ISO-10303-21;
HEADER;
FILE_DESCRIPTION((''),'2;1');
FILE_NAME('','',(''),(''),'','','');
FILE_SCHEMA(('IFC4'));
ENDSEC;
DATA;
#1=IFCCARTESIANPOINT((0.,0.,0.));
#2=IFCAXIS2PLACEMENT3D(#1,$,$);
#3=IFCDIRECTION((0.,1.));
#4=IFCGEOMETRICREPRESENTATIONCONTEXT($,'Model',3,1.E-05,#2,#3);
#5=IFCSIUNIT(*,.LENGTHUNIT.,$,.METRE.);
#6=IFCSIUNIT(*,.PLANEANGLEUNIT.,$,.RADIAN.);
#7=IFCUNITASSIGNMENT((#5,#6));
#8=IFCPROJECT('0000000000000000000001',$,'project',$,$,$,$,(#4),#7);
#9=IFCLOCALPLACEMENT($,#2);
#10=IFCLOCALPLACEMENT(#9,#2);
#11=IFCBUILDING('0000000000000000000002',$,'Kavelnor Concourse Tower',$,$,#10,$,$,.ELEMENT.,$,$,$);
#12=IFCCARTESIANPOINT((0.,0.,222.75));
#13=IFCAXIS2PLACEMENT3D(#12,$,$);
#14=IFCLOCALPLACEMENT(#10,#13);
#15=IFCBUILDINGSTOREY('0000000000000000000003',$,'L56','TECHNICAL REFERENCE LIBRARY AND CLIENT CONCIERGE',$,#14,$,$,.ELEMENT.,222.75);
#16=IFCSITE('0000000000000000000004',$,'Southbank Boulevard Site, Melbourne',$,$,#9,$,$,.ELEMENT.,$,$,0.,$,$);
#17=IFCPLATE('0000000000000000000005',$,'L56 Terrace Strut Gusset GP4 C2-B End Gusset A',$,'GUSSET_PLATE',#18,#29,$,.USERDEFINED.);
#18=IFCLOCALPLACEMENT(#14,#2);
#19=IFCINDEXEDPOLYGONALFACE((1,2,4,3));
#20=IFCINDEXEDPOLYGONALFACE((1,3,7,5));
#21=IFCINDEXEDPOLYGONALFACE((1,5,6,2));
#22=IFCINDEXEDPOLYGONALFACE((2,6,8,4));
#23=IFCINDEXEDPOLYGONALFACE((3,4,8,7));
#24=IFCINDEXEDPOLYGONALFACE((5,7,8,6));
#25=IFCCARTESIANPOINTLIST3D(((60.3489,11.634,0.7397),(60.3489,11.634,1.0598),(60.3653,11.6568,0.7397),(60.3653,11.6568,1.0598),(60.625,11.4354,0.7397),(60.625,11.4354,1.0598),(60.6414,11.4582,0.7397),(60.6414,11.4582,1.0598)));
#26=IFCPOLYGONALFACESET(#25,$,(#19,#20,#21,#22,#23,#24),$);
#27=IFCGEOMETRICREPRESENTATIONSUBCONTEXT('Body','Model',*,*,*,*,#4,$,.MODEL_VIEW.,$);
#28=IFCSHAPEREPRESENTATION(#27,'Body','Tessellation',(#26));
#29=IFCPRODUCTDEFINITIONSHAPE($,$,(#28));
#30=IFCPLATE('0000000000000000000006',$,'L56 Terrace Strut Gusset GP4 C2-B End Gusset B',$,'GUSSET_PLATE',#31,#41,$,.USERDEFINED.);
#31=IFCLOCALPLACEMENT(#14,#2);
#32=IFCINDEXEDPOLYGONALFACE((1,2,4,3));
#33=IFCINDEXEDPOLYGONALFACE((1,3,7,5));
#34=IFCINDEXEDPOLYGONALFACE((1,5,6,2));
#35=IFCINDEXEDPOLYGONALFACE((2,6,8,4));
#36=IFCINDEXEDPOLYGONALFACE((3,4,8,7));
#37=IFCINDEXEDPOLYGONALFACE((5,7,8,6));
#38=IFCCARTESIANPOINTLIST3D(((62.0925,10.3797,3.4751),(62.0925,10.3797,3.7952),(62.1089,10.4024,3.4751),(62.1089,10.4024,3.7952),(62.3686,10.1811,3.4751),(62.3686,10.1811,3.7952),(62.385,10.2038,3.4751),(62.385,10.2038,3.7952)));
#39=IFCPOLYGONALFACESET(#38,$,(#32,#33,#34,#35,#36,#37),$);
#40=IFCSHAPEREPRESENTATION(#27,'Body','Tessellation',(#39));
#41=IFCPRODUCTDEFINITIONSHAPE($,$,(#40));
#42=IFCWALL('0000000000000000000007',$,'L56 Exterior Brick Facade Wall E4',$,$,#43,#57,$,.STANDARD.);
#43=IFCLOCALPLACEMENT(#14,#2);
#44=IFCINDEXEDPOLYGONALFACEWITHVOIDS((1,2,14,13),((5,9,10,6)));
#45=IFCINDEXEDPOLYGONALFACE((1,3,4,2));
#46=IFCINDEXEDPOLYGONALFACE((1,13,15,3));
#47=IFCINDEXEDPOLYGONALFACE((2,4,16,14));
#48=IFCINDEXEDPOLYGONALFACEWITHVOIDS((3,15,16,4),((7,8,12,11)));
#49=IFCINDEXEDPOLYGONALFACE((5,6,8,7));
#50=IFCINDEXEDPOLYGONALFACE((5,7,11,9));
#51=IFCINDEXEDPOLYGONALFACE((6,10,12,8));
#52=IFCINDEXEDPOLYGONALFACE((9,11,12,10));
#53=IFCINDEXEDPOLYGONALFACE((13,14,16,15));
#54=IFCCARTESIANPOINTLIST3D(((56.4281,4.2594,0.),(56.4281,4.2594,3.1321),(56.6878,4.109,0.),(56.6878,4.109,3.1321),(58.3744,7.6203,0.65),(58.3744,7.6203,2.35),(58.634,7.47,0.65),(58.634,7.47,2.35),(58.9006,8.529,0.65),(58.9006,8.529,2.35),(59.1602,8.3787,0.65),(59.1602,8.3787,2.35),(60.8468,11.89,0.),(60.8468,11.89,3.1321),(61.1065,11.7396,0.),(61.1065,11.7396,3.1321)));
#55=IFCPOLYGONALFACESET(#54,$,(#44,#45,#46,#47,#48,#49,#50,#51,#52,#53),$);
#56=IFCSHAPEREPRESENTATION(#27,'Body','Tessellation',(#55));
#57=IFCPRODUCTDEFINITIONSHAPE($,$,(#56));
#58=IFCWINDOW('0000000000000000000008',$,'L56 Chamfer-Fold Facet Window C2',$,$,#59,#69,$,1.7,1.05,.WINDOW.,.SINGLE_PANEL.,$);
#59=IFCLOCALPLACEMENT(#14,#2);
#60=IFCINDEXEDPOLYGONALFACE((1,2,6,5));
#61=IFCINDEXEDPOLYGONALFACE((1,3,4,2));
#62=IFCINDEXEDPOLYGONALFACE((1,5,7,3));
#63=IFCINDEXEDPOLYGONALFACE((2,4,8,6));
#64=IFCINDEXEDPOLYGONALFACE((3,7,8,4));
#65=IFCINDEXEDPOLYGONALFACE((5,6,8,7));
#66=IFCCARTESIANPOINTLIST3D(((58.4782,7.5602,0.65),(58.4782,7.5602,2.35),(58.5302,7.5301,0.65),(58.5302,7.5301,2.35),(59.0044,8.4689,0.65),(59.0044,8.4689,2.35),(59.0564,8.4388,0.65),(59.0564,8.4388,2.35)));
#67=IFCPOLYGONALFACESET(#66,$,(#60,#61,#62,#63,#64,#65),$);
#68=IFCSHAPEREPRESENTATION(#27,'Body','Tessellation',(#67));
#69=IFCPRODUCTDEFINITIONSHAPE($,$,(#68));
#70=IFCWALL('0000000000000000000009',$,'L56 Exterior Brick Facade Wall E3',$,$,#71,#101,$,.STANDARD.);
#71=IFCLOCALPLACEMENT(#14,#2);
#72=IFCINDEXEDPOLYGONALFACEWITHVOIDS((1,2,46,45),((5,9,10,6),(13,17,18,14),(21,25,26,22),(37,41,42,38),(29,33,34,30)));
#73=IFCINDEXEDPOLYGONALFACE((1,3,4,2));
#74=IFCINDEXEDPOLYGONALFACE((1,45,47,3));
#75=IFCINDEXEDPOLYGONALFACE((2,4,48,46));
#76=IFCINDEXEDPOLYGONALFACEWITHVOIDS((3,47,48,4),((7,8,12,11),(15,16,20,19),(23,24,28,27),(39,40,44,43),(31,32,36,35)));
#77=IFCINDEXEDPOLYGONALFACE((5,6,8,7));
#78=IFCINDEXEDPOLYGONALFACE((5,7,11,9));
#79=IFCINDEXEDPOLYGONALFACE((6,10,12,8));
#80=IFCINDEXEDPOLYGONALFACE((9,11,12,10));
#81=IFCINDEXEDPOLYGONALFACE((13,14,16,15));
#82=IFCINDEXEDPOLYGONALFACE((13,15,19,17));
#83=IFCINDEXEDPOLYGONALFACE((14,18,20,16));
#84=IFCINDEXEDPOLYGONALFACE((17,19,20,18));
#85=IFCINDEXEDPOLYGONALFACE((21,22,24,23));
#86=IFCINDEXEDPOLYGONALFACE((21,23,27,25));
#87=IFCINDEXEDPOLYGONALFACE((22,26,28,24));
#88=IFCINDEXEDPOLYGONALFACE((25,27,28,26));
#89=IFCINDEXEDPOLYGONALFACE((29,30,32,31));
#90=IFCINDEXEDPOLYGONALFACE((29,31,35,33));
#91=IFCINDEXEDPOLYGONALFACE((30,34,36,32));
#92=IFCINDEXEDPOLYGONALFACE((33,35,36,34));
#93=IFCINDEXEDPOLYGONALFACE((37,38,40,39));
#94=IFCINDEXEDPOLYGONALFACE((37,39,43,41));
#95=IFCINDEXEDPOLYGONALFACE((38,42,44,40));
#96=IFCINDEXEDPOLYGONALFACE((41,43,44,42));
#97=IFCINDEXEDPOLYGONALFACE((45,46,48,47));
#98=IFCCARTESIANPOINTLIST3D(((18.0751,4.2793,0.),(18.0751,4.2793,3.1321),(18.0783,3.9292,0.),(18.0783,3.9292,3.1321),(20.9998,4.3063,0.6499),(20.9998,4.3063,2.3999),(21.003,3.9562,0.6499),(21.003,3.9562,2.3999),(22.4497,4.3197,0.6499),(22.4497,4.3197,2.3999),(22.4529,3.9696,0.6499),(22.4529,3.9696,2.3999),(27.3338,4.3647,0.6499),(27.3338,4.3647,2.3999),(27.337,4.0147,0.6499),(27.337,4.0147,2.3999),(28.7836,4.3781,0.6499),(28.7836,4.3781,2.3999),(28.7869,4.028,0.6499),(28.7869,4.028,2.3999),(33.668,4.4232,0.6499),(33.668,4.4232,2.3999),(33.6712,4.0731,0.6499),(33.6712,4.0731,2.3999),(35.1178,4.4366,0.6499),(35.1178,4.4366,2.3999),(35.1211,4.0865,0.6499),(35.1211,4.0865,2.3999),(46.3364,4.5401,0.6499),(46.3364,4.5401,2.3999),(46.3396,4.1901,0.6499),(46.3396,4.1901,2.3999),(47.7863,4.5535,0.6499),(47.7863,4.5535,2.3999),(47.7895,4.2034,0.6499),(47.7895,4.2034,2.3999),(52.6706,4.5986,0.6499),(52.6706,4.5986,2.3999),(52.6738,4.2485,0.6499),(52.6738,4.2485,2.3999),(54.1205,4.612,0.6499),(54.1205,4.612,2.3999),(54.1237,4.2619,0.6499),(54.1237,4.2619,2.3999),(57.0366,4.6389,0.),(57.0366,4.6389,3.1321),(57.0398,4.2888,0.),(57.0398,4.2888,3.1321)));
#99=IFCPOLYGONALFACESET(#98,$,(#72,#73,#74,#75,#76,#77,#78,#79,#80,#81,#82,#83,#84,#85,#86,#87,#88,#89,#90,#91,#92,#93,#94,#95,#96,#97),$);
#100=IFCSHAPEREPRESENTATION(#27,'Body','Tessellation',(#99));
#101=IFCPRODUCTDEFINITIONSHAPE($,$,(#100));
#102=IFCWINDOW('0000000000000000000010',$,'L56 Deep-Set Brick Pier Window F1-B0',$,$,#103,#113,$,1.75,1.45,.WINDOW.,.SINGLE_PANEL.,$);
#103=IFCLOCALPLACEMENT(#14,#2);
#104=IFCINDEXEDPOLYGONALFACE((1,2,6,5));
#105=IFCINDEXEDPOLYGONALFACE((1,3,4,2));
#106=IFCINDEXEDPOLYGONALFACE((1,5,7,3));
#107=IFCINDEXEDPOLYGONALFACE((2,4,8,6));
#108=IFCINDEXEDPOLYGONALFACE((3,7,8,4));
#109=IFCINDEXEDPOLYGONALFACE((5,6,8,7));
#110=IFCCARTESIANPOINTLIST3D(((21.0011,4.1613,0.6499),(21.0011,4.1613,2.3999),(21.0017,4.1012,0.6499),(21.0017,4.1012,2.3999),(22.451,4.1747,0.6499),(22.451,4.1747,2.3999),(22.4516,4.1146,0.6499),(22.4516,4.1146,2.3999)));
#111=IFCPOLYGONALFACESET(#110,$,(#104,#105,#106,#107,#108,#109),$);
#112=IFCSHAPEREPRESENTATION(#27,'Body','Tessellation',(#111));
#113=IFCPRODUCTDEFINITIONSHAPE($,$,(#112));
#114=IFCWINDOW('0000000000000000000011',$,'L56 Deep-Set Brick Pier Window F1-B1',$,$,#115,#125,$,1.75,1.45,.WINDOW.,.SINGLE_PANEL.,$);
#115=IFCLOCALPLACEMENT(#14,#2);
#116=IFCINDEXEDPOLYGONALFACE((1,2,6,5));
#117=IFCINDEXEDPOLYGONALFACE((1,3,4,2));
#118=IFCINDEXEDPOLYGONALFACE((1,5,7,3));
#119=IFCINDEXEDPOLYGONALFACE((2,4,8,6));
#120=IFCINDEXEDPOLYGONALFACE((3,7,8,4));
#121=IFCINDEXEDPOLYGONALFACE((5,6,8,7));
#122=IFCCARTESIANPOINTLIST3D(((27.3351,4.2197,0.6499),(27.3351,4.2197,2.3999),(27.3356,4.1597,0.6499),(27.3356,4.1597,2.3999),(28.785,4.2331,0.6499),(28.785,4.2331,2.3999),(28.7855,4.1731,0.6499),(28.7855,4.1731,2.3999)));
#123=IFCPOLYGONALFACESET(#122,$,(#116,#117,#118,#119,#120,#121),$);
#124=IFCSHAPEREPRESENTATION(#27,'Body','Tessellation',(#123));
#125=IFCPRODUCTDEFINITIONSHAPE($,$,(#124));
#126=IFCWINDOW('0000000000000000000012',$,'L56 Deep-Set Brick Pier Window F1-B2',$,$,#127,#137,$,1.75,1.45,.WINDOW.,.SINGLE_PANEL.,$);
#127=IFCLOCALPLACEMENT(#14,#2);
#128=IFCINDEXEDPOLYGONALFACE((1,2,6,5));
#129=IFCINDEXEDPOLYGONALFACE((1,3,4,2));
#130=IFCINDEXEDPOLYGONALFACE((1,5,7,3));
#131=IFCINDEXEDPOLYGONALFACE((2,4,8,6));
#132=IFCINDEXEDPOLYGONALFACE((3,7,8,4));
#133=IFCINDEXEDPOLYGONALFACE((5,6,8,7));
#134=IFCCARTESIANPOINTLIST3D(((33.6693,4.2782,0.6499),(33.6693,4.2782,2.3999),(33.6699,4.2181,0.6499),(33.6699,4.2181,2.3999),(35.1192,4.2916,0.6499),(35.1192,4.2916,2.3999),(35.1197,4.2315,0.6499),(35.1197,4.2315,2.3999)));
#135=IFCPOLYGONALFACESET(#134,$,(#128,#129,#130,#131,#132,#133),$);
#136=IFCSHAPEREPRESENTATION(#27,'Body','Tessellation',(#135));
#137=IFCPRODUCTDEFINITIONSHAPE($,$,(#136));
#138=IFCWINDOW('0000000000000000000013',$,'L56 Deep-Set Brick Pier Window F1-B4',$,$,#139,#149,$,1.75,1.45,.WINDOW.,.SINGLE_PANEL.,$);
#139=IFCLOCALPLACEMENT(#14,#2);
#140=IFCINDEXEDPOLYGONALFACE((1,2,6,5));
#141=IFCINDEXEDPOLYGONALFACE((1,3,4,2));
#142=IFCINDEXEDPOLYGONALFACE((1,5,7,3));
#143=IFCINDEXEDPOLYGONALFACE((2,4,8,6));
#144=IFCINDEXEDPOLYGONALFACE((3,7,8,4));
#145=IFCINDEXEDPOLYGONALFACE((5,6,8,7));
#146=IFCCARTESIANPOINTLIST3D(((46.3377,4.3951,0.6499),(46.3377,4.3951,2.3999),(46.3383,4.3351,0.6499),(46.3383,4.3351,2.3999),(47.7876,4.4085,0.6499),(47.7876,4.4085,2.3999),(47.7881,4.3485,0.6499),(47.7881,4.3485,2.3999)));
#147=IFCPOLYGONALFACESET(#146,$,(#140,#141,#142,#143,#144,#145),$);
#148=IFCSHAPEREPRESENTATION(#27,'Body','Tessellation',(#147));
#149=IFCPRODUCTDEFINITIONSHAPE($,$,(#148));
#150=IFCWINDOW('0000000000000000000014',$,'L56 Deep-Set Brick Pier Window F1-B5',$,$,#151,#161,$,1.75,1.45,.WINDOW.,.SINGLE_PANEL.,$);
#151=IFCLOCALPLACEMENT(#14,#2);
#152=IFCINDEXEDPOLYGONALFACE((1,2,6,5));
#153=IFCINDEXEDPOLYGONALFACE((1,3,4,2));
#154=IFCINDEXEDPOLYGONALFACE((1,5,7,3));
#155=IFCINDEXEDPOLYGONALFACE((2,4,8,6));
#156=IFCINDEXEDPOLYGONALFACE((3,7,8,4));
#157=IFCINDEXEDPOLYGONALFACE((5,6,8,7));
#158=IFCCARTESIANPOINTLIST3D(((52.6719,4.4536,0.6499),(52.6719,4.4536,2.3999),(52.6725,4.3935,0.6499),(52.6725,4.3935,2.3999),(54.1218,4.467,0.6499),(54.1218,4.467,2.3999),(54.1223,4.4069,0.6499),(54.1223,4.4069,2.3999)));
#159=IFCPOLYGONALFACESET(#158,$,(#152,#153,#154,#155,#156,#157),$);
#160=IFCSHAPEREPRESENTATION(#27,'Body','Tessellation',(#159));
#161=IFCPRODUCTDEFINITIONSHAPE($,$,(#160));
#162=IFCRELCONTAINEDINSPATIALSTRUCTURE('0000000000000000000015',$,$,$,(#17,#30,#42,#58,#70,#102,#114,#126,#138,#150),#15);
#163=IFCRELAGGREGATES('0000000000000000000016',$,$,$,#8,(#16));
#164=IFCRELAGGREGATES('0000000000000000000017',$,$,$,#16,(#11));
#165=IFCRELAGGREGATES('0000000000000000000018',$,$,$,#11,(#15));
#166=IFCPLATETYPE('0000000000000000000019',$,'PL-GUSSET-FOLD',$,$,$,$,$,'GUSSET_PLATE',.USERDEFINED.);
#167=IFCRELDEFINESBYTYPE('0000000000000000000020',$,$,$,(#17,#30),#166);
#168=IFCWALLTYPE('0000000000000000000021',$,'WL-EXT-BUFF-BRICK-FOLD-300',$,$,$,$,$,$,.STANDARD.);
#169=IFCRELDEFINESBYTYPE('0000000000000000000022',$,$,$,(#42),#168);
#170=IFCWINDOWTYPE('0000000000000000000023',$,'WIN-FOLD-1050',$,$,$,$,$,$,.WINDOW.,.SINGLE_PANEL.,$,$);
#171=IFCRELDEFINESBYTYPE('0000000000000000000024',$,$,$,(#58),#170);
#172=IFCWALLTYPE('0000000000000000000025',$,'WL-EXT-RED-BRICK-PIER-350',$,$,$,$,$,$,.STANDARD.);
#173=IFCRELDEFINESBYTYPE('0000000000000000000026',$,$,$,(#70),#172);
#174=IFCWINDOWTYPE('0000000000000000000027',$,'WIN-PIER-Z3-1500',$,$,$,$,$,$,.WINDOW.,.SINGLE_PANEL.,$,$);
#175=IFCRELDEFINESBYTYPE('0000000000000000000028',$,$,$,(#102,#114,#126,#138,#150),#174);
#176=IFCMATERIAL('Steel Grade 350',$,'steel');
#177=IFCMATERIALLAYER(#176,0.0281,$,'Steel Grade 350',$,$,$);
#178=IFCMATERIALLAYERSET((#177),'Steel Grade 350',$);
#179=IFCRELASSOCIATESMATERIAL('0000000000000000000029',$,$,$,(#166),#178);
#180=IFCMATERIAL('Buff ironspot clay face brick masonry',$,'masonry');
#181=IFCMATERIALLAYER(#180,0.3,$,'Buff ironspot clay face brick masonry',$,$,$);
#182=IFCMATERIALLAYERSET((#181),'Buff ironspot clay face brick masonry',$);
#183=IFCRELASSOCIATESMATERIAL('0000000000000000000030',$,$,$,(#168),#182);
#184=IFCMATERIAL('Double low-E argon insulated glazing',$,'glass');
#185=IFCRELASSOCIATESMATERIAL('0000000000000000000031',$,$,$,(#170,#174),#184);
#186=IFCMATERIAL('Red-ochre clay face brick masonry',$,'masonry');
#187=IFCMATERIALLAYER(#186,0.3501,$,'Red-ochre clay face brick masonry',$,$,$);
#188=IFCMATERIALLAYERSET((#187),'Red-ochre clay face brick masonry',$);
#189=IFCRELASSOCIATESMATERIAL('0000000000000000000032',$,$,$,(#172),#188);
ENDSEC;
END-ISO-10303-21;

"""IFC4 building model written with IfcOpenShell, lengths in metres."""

from ifc_helpers import new_model, si_unit, direction, frame, frame_2d, origin, origin_2d, place, context, subcontext, project, spatial, rectangle, extrude, material, layer, layer_set, type_object, element, fill, save


model = new_model("IFC4")

# Units and contexts
model_context = context("Model", 3, precision=1e-05, world=origin(), true_north=direction((0.0, 1.0)))
body_context = subcontext(model_context, "Body", "Model", "MODEL_VIEW")
ifc_project = project(units=[si_unit("LENGTHUNIT", "METRE"), si_unit("PLANEANGLEUNIT", "RADIAN")], contexts=[model_context])

# Site, building, storey
site_placement = place(None, origin())
site = spatial("IfcSite", under=ifc_project, at=site_placement, Name="Southbank Boulevard Site, Melbourne", CompositionType="ELEMENT", RefElevation=0.0)
building_placement = place(site_placement, origin())
building = spatial("IfcBuilding", under=site, at=building_placement, Name="Kavelnor Concourse Tower", CompositionType="ELEMENT")
storey_placement = place(building_placement, frame((0.0, 0.0, 222.75)))
storey = spatial("IfcBuildingStorey", under=building, at=storey_placement, Name="L56", Description="TECHNICAL REFERENCE LIBRARY AND CLIENT CONCIERGE", CompositionType="ELEMENT", Elevation=222.75)

# Shared definitions
ifc_material_1 = material(Name="Steel Grade 350", Category="steel")

# Plates
ifc_layer_1 = layer(ifc_material_1, 0.0281, Name="Steel Grade 350")
ifc_layer_set_1 = layer_set([ifc_layer_1], Name="Steel Grade 350")
plate_type = type_object("IfcPlateType", Name="PL-GUSSET-FOLD", ElementType="GUSSET_PLATE", PredefinedType="USERDEFINED", material=ifc_layer_set_1)
for number, where, z_axis, x_axis, name in (
    (1, (60.4951, 11.5461, 0.7397), (0.0, 0.0, 1.0), (0.811778, -0.583966, 0.0), "L56 Terrace Strut Gusset GP4 C2-B End Gusset A"),
    (2, (62.2388, 10.2917, 3.4751), (0.0, 0.0, 1.0), (0.811778, -0.583966, 0.0), "L56 Terrace Strut Gusset GP4 C2-B End Gusset B"),
):
    element("IfcPlate", number, at=place(storey_placement, frame(where, z_axis=z_axis, x_axis=x_axis)), inside=storey, type_object=plate_type, Name=name, ObjectType="GUSSET_PLATE", PredefinedType="USERDEFINED", context=body_context, shape_type="SweptSolid", body=[
        extrude(rectangle(XDim=0.3401, YDim=0.0281, at=origin_2d()), origin(), (0.0, 0.0, 1.0), 0.3201),
    ])

# Wall, opening, window
ifc_material_2 = material(Name="Buff ironspot clay face brick masonry", Category="masonry")
ifc_layer_2 = layer(ifc_material_2, 0.3, Name="Buff ironspot clay face brick masonry")
ifc_layer_set_2 = layer_set([ifc_layer_2], Name="Buff ironspot clay face brick masonry")
wall_type_1 = type_object("IfcWallType", Name="WL-EXT-BUFF-BRICK-FOLD-300", PredefinedType="STANDARD", material=ifc_layer_set_2)
wall_1_placement = place(storey_placement, frame((60.9766, 11.8147, 0.0), z_axis=(0.0, 0.0, 1.0), x_axis=(-0.501119, -0.865378, 0.0)))
wall_1 = element("IfcWall", 3, at=wall_1_placement, inside=storey, type_object=wall_type_1, Name="L56 Exterior Brick Facade Wall E4", PredefinedType="STANDARD", context=body_context, shape_type="SweptSolid", body=[
    extrude(rectangle(XDim=8.8176, YDim=0.3, at=frame_2d((4.4087, 0.0))), origin(), (0.0, 0.0, 1.0), 3.1321),
])
opening_1_placement = place(wall_1_placement, frame((3.8838, 0.0, 0.6499)))
opening_1 = element("IfcOpeningElement", 4, at=opening_1_placement, cuts=wall_1, PredefinedType="OPENING", context=body_context, shape_type="SweptSolid", body=[
    extrude(rectangle(XDim=1.05, YDim=1.7, at=frame_2d((0.5249, 0.8501))), frame((0.0, 0.1602, 0.0), z_axis=(0.0, -1.0, 0.0), x_axis=(1.0, 0.0, 0.0)), (0.0, 0.0, 1.0), 0.3201),
])
ifc_material_3 = material(Name="Double low-E argon insulated glazing", Category="glass")
window_type_1 = type_object("IfcWindowType", Name="WIN-FOLD-1050", PartitioningType="SINGLE_PANEL", PredefinedType="WINDOW", material=ifc_material_3)
window_1_placement = place(opening_1_placement, origin())
window_1 = element("IfcWindow", 5, at=window_1_placement, inside=storey, type_object=window_type_1, Name="L56 Chamfer-Fold Facet Window C2", OverallHeight=1.7, OverallWidth=1.05, PartitioningType="SINGLE_PANEL", PredefinedType="WINDOW", context=body_context, shape_type="SweptSolid", body=[
    extrude(rectangle(XDim=1.05, YDim=1.7, at=frame_2d((0.5249, 0.8501))), frame((0.0, 0.03, 0.0), z_axis=(0.0, -1.0, 0.0), x_axis=(1.0, 0.0, 0.0)), (0.0, 0.0, 1.0), 0.0601),
])
fill(opening_1, window_1)

# Wall, openings, windows
ifc_material_4 = material(Name="Red-ochre clay face brick masonry", Category="masonry")
ifc_layer_3 = layer(ifc_material_4, 0.3501, Name="Red-ochre clay face brick masonry")
ifc_layer_set_3 = layer_set([ifc_layer_3], Name="Red-ochre clay face brick masonry")
wall_type_2 = type_object("IfcWallType", Name="WL-EXT-RED-BRICK-PIER-350", PredefinedType="STANDARD", material=ifc_layer_set_3)
wall_2_placement = place(storey_placement, frame((57.0381, 4.4639, 0.0), z_axis=(0.0, 0.0, 1.0), x_axis=(-0.999957, -0.00923, 0.0)))
wall_2 = element("IfcWall", 6, at=wall_2_placement, inside=storey, type_object=wall_type_2, Name="L56 Exterior Brick Facade Wall E3", PredefinedType="STANDARD", context=body_context, shape_type="SweptSolid", body=[
    extrude(rectangle(XDim=38.9631, YDim=0.3501, at=frame_2d((19.4814, 0.0))), origin(), (0.0, 0.0, 1.0), 3.1321),
])
opening_2_placement = place(wall_2_placement, frame((34.5881, 0.0, 0.6499)))
opening_2 = element("IfcOpeningElement", 7, at=opening_2_placement, cuts=wall_2, PredefinedType="OPENING", context=body_context, shape_type="SweptSolid", body=[
    extrude(rectangle(XDim=1.45, YDim=1.75, at=frame_2d((0.7251, 0.875))), frame((0.0, 0.1851, 0.0), z_axis=(0.0, -1.0, 0.0), x_axis=(1.0, 0.0, 0.0)), (0.0, 0.0, 1.0), 0.3701),
])
opening_3_placement = place(wall_2_placement, frame((28.2539, 0.0, 0.6499)))
opening_3 = element("IfcOpeningElement", 8, at=opening_3_placement, cuts=wall_2, PredefinedType="OPENING", context=body_context, shape_type="SweptSolid", body=[
    extrude(rectangle(XDim=1.45, YDim=1.75, at=frame_2d((0.7251, 0.875))), frame((0.0, 0.1851, 0.0), z_axis=(0.0, -1.0, 0.0), x_axis=(1.0, 0.0, 0.0)), (0.0, 0.0, 1.0), 0.3701),
])
opening_4_placement = place(wall_2_placement, frame((21.9194, 0.0, 0.6499)))
opening_4 = element("IfcOpeningElement", 9, at=opening_4_placement, cuts=wall_2, PredefinedType="OPENING", context=body_context, shape_type="SweptSolid", body=[
    extrude(rectangle(XDim=1.45, YDim=1.75, at=frame_2d((0.7251, 0.875))), frame((0.0, 0.1851, 0.0), z_axis=(0.0, -1.0, 0.0), x_axis=(1.0, 0.0, 0.0)), (0.0, 0.0, 1.0), 0.3701),
])
opening_5_placement = place(wall_2_placement, frame((9.2505, 0.0, 0.6499)))
opening_5 = element("IfcOpeningElement", 10, at=opening_5_placement, cuts=wall_2, PredefinedType="OPENING", context=body_context, shape_type="SweptSolid", body=[
    extrude(rectangle(XDim=1.45, YDim=1.75, at=frame_2d((0.7251, 0.875))), frame((0.0, 0.1851, 0.0), z_axis=(0.0, -1.0, 0.0), x_axis=(1.0, 0.0, 0.0)), (0.0, 0.0, 1.0), 0.3701),
])
opening_6_placement = place(wall_2_placement, frame((2.916, 0.0, 0.6499)))
opening_6 = element("IfcOpeningElement", 11, at=opening_6_placement, cuts=wall_2, PredefinedType="OPENING", context=body_context, shape_type="SweptSolid", body=[
    extrude(rectangle(XDim=1.45, YDim=1.75, at=frame_2d((0.7251, 0.875))), frame((0.0, 0.1851, 0.0), z_axis=(0.0, -1.0, 0.0), x_axis=(1.0, 0.0, 0.0)), (0.0, 0.0, 1.0), 0.3701),
])
window_type_2 = type_object("IfcWindowType", Name="WIN-PIER-Z3-1500", PartitioningType="SINGLE_PANEL", PredefinedType="WINDOW", material=ifc_material_3)
window_2_placement = place(opening_2_placement, origin())
window_2 = element("IfcWindow", 12, at=window_2_placement, inside=storey, type_object=window_type_2, Name="L56 Deep-Set Brick Pier Window F1-B0", OverallHeight=1.75, OverallWidth=1.45, PartitioningType="SINGLE_PANEL", PredefinedType="WINDOW", context=body_context, shape_type="SweptSolid", body=[
    extrude(rectangle(XDim=1.45, YDim=1.75, at=frame_2d((0.7251, 0.875))), frame((0.0, 0.03, 0.0), z_axis=(0.0, -1.0, 0.0), x_axis=(1.0, 0.0, 0.0)), (0.0, 0.0, 1.0), 0.0601),
])
fill(opening_2, window_2)
window_3_placement = place(opening_3_placement, origin())
window_3 = element("IfcWindow", 13, at=window_3_placement, inside=storey, type_object=window_type_2, Name="L56 Deep-Set Brick Pier Window F1-B1", OverallHeight=1.75, OverallWidth=1.45, PartitioningType="SINGLE_PANEL", PredefinedType="WINDOW", context=body_context, shape_type="SweptSolid", body=[
    extrude(rectangle(XDim=1.45, YDim=1.75, at=frame_2d((0.7251, 0.875))), frame((0.0, 0.03, 0.0), z_axis=(0.0, -1.0, 0.0), x_axis=(1.0, 0.0, 0.0)), (0.0, 0.0, 1.0), 0.0601),
])
fill(opening_3, window_3)
window_4_placement = place(opening_4_placement, origin())
window_4 = element("IfcWindow", 14, at=window_4_placement, inside=storey, type_object=window_type_2, Name="L56 Deep-Set Brick Pier Window F1-B2", OverallHeight=1.75, OverallWidth=1.45, PartitioningType="SINGLE_PANEL", PredefinedType="WINDOW", context=body_context, shape_type="SweptSolid", body=[
    extrude(rectangle(XDim=1.45, YDim=1.75, at=frame_2d((0.7251, 0.875))), frame((0.0, 0.03, 0.0), z_axis=(0.0, -1.0, 0.0), x_axis=(1.0, 0.0, 0.0)), (0.0, 0.0, 1.0), 0.0601),
])
fill(opening_4, window_4)
window_5_placement = place(opening_5_placement, origin())
window_5 = element("IfcWindow", 15, at=window_5_placement, inside=storey, type_object=window_type_2, Name="L56 Deep-Set Brick Pier Window F1-B4", OverallHeight=1.75, OverallWidth=1.45, PartitioningType="SINGLE_PANEL", PredefinedType="WINDOW", context=body_context, shape_type="SweptSolid", body=[
    extrude(rectangle(XDim=1.45, YDim=1.75, at=frame_2d((0.7251, 0.875))), frame((0.0, 0.03, 0.0), z_axis=(0.0, -1.0, 0.0), x_axis=(1.0, 0.0, 0.0)), (0.0, 0.0, 1.0), 0.0601),
])
fill(opening_5, window_5)
window_6_placement = place(opening_6_placement, origin())
window_6 = element("IfcWindow", 16, at=window_6_placement, inside=storey, type_object=window_type_2, Name="L56 Deep-Set Brick Pier Window F1-B5", OverallHeight=1.75, OverallWidth=1.45, PartitioningType="SINGLE_PANEL", PredefinedType="WINDOW", context=body_context, shape_type="SweptSolid", body=[
    extrude(rectangle(XDim=1.45, YDim=1.75, at=frame_2d((0.7251, 0.875))), frame((0.0, 0.03, 0.0), z_axis=(0.0, -1.0, 0.0), x_axis=(1.0, 0.0, 0.0)), (0.0, 0.0, 1.0), 0.0601),
])
fill(opening_6, window_6)

save(model, "model.ifc")
